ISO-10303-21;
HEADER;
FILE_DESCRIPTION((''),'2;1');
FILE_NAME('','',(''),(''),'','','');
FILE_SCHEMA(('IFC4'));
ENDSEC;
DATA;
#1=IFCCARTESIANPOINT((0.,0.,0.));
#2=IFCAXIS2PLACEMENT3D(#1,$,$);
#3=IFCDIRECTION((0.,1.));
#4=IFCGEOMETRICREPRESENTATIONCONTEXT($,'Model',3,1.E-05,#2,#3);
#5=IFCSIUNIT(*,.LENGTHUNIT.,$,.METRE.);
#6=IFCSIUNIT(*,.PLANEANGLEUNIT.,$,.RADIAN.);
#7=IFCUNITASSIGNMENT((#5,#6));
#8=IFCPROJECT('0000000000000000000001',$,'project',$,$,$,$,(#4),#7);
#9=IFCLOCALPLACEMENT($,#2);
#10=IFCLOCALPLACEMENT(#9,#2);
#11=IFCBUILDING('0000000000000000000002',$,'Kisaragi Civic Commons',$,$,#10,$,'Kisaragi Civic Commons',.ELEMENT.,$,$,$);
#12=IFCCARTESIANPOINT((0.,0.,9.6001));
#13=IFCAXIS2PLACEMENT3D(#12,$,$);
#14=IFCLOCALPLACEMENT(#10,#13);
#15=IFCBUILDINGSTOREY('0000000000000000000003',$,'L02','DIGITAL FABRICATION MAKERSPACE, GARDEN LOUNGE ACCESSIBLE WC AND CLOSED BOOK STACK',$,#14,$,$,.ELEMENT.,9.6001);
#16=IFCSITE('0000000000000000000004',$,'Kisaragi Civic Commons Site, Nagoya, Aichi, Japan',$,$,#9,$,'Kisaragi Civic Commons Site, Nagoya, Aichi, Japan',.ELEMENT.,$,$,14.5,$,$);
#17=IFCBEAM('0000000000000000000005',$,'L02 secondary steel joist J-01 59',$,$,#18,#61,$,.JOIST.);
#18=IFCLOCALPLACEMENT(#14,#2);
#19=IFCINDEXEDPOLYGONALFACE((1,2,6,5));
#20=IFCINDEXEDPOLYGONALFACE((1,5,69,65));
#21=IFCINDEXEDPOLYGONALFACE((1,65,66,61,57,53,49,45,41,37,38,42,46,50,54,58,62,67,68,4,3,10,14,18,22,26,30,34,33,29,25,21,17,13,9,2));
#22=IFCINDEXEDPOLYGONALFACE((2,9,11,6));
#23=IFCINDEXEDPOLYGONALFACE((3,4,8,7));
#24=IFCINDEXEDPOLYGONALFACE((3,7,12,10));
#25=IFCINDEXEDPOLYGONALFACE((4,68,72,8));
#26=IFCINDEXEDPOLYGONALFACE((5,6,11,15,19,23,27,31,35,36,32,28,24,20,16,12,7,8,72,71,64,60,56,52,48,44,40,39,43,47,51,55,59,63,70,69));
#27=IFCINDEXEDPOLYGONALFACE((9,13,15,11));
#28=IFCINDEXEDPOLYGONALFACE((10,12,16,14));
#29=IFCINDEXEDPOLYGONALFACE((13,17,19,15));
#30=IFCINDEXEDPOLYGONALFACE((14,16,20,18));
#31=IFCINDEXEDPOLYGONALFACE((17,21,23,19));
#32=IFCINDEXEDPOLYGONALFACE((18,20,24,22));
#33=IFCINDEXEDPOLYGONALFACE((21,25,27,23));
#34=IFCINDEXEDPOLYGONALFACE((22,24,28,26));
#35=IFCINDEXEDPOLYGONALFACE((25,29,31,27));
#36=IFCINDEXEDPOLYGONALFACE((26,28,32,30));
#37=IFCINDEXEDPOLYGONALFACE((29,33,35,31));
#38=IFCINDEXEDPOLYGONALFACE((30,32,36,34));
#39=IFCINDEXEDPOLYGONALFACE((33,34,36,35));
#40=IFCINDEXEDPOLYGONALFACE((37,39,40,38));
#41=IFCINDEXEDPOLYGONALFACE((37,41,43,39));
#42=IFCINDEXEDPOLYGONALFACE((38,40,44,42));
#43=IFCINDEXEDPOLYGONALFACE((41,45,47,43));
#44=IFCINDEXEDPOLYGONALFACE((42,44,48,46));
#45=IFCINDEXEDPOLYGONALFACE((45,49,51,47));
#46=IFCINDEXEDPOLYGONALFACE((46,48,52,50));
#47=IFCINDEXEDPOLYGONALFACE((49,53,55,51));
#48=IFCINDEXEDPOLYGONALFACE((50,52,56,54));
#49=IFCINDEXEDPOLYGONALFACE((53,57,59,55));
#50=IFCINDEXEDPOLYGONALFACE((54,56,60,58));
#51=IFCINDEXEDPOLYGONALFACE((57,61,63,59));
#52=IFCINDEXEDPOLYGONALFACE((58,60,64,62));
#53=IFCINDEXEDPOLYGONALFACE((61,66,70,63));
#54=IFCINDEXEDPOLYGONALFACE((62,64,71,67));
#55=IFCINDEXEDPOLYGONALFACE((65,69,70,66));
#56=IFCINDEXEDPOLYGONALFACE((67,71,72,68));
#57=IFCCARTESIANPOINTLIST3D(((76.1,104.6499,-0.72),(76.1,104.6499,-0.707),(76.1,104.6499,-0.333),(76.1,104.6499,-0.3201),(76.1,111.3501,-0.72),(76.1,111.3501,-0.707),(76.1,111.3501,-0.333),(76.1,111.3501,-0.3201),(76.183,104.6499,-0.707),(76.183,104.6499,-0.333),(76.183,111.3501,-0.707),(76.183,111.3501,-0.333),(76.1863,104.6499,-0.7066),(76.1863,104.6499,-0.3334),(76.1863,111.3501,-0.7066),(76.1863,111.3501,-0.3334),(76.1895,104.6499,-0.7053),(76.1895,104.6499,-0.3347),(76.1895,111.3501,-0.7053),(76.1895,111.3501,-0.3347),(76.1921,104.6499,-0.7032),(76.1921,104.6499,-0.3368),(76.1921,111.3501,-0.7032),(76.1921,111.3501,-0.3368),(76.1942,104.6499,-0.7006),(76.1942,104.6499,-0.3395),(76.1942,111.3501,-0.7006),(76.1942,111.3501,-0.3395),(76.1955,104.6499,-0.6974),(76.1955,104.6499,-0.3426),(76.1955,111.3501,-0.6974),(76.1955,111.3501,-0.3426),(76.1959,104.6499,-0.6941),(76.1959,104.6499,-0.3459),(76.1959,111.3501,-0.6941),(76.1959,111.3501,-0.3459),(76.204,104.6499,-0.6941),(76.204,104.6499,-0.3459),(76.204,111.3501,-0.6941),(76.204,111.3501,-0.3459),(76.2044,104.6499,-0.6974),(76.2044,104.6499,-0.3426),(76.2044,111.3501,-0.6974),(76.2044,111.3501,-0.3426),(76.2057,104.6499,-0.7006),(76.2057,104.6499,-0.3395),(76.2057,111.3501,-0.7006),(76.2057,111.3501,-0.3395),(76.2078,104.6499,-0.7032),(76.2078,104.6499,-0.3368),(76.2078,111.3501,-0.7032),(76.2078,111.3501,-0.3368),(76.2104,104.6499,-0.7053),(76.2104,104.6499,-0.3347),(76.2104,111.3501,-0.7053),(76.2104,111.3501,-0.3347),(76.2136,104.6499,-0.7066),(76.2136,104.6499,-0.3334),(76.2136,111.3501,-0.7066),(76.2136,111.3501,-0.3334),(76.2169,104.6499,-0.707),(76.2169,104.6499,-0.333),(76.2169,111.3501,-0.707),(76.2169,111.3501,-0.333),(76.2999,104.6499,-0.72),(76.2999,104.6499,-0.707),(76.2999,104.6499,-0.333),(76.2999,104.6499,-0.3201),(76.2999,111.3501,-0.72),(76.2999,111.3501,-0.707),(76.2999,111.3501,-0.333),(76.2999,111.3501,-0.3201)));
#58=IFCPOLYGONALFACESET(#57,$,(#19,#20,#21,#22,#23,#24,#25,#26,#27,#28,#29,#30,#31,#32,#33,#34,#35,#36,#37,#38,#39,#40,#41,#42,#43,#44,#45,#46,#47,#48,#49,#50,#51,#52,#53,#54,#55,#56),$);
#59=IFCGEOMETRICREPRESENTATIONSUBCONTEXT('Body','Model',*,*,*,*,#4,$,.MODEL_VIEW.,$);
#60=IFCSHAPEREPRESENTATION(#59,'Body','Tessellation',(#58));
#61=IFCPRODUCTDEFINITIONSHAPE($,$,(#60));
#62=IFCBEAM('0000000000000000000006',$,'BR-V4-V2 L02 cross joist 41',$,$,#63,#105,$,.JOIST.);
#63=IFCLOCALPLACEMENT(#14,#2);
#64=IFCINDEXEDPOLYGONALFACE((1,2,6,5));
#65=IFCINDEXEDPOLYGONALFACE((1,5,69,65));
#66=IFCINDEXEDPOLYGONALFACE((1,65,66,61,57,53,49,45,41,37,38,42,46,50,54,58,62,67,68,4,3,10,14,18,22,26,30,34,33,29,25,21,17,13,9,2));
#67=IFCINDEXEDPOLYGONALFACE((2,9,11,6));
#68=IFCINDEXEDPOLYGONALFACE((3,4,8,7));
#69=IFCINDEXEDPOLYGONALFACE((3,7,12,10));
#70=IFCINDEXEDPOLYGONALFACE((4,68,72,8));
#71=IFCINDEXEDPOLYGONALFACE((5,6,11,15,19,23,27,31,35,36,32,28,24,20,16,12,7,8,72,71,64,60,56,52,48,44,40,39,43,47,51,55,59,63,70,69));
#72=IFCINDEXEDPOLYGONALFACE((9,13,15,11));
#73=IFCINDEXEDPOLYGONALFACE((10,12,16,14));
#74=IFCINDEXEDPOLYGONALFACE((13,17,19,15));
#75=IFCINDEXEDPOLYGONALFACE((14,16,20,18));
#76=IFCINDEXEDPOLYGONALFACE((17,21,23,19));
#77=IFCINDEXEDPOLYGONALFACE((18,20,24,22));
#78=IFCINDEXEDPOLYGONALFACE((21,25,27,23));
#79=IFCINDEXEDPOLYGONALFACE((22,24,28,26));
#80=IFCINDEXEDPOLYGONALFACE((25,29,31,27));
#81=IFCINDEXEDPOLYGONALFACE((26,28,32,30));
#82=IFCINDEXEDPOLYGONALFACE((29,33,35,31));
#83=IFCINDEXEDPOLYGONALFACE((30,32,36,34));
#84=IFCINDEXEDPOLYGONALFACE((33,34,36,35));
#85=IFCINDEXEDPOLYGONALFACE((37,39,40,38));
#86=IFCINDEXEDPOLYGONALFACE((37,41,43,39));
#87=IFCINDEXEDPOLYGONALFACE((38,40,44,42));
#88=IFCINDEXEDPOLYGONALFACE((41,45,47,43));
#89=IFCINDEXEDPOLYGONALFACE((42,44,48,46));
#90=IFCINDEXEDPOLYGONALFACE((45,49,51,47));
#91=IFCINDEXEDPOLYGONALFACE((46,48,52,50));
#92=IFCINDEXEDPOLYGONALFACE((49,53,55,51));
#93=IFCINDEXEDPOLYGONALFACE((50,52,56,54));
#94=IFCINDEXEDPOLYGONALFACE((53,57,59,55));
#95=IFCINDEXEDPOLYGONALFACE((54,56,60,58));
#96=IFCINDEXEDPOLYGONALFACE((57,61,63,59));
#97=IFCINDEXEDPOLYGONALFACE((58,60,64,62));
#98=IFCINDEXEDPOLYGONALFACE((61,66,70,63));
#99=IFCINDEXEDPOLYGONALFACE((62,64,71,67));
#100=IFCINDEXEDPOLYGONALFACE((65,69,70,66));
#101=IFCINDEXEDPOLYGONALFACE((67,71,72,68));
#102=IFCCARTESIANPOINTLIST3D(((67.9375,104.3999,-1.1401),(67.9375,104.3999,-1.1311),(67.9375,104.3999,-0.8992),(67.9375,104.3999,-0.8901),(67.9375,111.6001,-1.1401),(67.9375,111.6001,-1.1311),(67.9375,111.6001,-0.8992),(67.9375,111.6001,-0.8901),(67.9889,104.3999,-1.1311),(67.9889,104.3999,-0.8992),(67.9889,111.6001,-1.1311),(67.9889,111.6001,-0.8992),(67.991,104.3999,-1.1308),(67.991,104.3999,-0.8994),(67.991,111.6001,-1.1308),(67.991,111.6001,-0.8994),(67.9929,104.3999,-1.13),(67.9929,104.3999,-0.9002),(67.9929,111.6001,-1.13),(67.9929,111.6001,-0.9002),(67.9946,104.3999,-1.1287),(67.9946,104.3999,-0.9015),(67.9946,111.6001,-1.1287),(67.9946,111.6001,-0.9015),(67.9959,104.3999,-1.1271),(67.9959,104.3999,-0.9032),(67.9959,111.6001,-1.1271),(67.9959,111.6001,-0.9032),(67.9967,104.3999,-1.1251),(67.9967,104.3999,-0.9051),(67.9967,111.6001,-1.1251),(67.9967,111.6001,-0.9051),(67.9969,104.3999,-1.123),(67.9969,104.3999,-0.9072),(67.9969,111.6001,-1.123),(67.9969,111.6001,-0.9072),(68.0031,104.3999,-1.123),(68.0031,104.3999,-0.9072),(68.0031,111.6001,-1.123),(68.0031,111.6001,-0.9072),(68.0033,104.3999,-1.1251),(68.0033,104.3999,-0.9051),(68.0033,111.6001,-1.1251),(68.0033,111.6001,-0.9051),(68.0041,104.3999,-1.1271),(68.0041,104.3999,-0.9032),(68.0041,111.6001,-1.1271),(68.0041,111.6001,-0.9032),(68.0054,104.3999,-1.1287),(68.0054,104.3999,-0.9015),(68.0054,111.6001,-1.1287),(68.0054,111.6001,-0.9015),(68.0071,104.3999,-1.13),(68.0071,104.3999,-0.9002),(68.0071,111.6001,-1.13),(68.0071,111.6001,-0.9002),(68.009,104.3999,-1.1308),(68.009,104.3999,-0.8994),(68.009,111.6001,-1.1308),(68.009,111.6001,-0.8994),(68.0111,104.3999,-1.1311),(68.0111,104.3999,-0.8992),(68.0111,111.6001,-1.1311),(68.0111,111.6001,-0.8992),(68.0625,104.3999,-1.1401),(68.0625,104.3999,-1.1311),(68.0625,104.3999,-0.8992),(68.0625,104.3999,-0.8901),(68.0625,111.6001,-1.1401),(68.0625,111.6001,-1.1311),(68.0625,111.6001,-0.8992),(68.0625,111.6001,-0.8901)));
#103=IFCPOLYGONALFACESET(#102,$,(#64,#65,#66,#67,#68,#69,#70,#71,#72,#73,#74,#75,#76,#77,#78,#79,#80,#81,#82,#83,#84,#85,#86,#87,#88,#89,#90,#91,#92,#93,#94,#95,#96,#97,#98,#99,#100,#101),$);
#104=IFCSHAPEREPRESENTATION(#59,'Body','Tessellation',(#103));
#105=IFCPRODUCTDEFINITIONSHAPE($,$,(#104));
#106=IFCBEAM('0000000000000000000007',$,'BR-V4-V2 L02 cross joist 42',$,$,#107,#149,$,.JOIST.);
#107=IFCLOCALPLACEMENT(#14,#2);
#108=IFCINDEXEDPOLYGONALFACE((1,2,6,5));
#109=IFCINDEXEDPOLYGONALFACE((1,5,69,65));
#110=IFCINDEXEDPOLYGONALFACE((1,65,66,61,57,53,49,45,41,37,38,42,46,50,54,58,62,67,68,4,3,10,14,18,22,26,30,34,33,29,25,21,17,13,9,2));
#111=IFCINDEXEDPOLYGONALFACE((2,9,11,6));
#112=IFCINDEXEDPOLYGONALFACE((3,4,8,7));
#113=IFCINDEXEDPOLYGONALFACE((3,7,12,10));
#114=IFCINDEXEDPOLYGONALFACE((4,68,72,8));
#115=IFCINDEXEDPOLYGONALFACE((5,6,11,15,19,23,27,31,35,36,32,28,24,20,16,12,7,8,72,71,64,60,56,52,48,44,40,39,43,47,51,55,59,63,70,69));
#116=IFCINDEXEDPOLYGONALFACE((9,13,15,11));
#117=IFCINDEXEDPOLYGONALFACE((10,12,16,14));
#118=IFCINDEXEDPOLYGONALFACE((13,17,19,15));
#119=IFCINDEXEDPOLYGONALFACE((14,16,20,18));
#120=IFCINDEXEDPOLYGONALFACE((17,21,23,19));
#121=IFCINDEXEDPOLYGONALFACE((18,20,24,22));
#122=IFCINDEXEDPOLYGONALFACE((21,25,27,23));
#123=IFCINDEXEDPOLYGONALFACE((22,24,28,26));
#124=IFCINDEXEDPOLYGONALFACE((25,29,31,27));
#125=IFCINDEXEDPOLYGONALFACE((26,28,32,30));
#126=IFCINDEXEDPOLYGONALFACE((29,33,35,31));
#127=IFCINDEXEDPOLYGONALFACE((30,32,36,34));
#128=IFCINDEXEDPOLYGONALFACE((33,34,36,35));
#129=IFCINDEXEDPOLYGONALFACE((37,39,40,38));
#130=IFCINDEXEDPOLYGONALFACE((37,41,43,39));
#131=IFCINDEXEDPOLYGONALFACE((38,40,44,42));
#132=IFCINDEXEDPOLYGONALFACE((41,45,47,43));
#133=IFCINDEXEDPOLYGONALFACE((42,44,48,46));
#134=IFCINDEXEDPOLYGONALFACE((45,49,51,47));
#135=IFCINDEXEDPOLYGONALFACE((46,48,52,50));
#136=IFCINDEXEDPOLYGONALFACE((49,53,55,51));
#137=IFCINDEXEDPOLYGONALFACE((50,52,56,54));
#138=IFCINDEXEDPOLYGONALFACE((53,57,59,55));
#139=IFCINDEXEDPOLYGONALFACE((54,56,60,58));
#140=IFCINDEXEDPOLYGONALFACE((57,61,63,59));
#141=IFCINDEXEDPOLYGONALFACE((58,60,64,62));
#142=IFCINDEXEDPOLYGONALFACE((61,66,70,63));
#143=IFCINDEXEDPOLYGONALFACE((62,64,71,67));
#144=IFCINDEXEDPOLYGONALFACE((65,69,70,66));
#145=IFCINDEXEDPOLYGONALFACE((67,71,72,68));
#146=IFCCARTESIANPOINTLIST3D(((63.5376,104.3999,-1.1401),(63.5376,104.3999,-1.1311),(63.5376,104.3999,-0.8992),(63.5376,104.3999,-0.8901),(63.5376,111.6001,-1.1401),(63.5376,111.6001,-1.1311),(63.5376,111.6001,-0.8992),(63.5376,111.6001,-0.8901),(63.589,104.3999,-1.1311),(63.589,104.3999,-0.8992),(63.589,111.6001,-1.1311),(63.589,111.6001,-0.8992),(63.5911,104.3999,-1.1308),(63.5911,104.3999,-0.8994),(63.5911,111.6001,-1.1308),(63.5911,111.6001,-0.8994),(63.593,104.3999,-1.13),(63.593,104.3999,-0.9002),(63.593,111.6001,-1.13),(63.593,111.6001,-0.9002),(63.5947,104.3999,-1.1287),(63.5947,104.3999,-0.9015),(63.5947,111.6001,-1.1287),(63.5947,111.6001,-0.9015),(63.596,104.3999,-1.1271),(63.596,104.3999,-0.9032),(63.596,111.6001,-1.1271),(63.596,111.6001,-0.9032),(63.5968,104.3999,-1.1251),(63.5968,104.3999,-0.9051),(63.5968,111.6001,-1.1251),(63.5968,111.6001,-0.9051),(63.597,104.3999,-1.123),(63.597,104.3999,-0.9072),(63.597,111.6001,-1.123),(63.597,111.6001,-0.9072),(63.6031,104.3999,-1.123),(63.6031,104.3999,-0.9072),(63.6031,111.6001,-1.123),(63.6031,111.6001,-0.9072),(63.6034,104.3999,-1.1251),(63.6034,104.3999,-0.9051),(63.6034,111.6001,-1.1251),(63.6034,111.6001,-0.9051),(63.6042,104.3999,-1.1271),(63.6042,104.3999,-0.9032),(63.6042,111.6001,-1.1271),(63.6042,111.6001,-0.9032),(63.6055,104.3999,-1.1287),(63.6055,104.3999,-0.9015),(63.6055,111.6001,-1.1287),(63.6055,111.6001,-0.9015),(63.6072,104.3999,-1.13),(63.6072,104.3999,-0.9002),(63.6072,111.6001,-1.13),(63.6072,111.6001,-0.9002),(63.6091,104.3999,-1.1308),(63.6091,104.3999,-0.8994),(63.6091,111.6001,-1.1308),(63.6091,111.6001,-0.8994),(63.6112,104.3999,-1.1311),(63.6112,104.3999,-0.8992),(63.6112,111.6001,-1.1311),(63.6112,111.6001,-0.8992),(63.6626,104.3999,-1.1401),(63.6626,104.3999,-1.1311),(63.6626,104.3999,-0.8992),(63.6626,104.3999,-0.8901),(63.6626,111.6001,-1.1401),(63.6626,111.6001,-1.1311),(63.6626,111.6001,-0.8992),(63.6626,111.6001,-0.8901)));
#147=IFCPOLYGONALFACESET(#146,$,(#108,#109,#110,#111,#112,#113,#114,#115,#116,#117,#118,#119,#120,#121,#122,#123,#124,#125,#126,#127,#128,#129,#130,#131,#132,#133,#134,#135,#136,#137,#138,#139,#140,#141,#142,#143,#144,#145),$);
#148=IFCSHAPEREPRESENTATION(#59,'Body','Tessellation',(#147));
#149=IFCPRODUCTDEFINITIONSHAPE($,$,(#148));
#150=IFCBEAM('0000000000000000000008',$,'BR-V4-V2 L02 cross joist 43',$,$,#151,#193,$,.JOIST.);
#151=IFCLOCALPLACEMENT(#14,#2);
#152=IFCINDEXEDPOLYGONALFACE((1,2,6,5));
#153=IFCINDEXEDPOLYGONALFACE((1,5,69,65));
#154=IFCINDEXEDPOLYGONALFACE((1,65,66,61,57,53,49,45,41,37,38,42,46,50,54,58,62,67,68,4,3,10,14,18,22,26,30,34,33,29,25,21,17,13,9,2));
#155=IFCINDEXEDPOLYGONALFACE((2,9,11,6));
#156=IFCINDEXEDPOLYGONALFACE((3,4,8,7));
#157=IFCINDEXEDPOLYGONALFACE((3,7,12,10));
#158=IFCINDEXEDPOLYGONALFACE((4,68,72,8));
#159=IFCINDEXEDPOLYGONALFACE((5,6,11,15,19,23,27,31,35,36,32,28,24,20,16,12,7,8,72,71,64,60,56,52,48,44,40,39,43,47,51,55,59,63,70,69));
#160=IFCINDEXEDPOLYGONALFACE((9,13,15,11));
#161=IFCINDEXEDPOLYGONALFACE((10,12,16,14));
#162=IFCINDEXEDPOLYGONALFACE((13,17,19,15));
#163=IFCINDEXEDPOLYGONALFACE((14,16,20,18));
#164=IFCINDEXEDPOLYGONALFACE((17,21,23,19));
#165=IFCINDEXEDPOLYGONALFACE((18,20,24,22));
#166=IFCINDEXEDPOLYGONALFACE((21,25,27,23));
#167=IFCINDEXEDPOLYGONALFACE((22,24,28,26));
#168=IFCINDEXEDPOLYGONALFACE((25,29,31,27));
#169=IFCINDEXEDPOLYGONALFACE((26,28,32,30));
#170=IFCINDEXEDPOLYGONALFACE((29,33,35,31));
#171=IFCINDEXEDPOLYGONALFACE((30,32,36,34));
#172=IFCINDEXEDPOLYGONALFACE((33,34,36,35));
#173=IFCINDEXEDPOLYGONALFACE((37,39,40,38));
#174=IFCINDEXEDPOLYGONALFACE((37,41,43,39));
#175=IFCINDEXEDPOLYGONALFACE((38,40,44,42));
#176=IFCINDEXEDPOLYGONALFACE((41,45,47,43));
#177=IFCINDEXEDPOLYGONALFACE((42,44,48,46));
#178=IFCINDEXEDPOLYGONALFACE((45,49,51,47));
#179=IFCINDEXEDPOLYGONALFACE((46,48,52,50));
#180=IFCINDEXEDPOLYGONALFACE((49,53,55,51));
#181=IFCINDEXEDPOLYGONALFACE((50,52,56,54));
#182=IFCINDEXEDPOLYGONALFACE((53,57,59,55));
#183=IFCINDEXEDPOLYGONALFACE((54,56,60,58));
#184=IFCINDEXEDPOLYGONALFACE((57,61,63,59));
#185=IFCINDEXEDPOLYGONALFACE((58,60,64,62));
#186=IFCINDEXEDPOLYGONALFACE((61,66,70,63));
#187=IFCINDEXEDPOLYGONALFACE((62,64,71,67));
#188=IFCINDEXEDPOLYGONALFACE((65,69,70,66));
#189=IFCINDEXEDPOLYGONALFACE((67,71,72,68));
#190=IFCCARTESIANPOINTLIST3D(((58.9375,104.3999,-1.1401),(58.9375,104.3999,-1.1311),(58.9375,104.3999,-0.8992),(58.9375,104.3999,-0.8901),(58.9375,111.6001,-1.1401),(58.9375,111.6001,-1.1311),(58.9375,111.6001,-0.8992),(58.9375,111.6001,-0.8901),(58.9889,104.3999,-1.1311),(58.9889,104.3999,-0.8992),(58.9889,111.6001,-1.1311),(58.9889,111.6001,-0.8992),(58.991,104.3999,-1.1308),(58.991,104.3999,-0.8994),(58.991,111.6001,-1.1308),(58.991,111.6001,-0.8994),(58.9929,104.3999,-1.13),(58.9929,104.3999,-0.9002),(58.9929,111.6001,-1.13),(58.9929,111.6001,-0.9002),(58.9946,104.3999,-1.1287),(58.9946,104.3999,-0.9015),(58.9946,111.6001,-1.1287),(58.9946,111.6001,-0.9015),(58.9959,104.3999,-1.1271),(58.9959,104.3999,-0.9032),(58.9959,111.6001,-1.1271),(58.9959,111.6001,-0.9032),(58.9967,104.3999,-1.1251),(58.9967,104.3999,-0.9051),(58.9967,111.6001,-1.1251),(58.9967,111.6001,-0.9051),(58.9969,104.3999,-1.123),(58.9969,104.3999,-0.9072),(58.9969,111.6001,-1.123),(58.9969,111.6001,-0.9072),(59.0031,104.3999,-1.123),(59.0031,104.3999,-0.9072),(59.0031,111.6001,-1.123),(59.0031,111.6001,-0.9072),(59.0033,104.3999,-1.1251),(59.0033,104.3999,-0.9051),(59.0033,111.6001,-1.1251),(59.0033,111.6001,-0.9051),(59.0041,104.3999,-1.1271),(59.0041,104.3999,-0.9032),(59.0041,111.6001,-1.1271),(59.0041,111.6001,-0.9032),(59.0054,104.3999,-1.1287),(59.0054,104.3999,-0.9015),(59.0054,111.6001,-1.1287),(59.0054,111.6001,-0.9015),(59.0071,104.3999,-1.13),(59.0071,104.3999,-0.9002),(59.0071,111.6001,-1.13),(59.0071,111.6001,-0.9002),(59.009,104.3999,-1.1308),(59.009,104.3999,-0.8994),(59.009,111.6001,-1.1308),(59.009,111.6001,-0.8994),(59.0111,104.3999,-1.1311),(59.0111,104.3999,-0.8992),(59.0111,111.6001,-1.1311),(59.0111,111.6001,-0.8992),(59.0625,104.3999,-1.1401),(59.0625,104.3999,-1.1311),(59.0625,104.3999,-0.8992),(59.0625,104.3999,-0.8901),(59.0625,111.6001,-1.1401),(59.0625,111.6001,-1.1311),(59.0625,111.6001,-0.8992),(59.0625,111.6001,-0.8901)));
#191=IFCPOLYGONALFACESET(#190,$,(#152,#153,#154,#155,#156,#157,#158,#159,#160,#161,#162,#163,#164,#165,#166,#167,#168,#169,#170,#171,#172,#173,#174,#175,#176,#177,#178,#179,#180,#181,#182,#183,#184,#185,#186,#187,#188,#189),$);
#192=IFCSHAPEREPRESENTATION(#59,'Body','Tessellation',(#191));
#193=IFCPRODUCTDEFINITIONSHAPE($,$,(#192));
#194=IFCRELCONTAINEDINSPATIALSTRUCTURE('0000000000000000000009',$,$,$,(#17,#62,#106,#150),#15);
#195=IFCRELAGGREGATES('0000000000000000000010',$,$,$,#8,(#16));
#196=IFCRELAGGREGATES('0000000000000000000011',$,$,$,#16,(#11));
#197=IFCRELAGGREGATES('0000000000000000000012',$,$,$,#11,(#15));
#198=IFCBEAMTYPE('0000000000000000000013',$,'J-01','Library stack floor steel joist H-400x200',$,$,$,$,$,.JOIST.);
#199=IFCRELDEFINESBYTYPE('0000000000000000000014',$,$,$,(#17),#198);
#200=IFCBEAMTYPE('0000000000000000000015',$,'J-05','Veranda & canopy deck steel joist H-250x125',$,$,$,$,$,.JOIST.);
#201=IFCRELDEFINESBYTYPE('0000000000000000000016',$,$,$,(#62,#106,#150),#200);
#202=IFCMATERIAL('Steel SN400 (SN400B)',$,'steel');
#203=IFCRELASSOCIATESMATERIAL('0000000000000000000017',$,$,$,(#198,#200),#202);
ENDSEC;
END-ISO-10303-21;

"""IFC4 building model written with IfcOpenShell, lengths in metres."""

from ifc_helpers import new_model, si_unit, direction, frame, origin, origin_2d, place, context, subcontext, project, spatial, i_section, extrude, material, material_profile, profile_set, type_object, element, save


model = new_model("IFC4")

# Units and contexts
model_context = context("Model", 3, precision=1e-05, world=origin(), true_north=direction((0.0, 1.0)))
body_context = subcontext(model_context, "Body", "Model", "MODEL_VIEW")
ifc_project = project(units=[si_unit("LENGTHUNIT", "METRE"), si_unit("PLANEANGLEUNIT", "RADIAN")], contexts=[model_context])

# Site, building, storey
site_placement = place(None, origin())
site = spatial("IfcSite", under=ifc_project, at=site_placement, Name="Kisaragi Civic Commons Site, Nagoya, Aichi, Japan", LongName="Kisaragi Civic Commons Site, Nagoya, Aichi, Japan", CompositionType="ELEMENT", RefElevation=14.5)
building_placement = place(site_placement, origin())
building = spatial("IfcBuilding", under=site, at=building_placement, Name="Kisaragi Civic Commons", LongName="Kisaragi Civic Commons", CompositionType="ELEMENT")
storey_placement = place(building_placement, frame((0.0, 0.0, 9.6001)))
storey = spatial("IfcBuildingStorey", under=building, at=storey_placement, Name="L02", Description="DIGITAL FABRICATION MAKERSPACE, GARDEN LOUNGE ACCESSIBLE WC AND CLOSED BOOK STACK", CompositionType="ELEMENT", Elevation=9.6001)

# Beams
ifc_material_1 = material(Name="Steel SN400 (SN400B)", Category="steel")
ifc_material_profile_1 = material_profile(ifc_material_1, i_section(OverallWidth=0.2, OverallDepth=0.3999, WebThickness=0.0081, FlangeThickness=0.0129, FilletRadius=0.0129, at=origin_2d()), Name="H-400x200x8x13", Category="steel")
ifc_profile_set_1 = profile_set([ifc_material_profile_1], Name="Steel SN400 (SN400B)")
beam_type_1 = type_object("IfcBeamType", Name="J-01", Description="Library stack floor steel joist H-400x200", PredefinedType="JOIST", material=ifc_profile_set_1)
beam_1_placement = place(storey_placement, frame((76.2, 104.6499, -0.52), z_axis=(0.0, 1.0, 0.0), x_axis=(-1.0, 0.0, 0.0)))
element("IfcBeam", 1, at=beam_1_placement, inside=storey, type_object=beam_type_1, Name="L02 secondary steel joist J-01 59", PredefinedType="JOIST", context=body_context, shape_type="SweptSolid", body=[
    extrude(i_section(OverallWidth=0.2, OverallDepth=0.3999, WebThickness=0.0081, FlangeThickness=0.0129, FilletRadius=0.0129, at=origin_2d()), origin(), (0.0, 0.0, 1.0), 6.7002),
])
ifc_material_profile_2 = material_profile(ifc_material_1, i_section(OverallWidth=0.125, OverallDepth=0.25, WebThickness=0.0061, FlangeThickness=0.009, FilletRadius=0.0081, at=origin_2d()), Name="H-250x125x6x9", Category="steel")
ifc_profile_set_2 = profile_set([ifc_material_profile_2], Name="Steel SN400 (SN400B)")
beam_type_2 = type_object("IfcBeamType", Name="J-05", Description="Veranda & canopy deck steel joist H-250x125", PredefinedType="JOIST", material=ifc_profile_set_2)
for number, where, z_axis, x_axis, name in (
    (2, (68.0, 104.3999, -1.0151), (0.0, 1.0, 0.0), (-1.0, 0.0, 0.0), "BR-V4-V2 L02 cross joist 41"),
    (3, (63.6001, 104.3999, -1.0151), (0.0, 1.0, 0.0), (-1.0, 0.0, 0.0), "BR-V4-V2 L02 cross joist 42"),
    (4, (59.0, 104.3999, -1.0151), (0.0, 1.0, 0.0), (-1.0, 0.0, 0.0), "BR-V4-V2 L02 cross joist 43"),
):
    element("IfcBeam", number, at=place(storey_placement, frame(where, z_axis=z_axis, x_axis=x_axis)), inside=storey, type_object=beam_type_2, Name=name, PredefinedType="JOIST", context=body_context, shape_type="SweptSolid", body=[
        extrude(i_section(OverallWidth=0.125, OverallDepth=0.25, WebThickness=0.0061, FlangeThickness=0.009, FilletRadius=0.0081, at=origin_2d()), origin(), (0.0, 0.0, 1.0), 7.2002),
    ])

save(model, "model.ifc")
